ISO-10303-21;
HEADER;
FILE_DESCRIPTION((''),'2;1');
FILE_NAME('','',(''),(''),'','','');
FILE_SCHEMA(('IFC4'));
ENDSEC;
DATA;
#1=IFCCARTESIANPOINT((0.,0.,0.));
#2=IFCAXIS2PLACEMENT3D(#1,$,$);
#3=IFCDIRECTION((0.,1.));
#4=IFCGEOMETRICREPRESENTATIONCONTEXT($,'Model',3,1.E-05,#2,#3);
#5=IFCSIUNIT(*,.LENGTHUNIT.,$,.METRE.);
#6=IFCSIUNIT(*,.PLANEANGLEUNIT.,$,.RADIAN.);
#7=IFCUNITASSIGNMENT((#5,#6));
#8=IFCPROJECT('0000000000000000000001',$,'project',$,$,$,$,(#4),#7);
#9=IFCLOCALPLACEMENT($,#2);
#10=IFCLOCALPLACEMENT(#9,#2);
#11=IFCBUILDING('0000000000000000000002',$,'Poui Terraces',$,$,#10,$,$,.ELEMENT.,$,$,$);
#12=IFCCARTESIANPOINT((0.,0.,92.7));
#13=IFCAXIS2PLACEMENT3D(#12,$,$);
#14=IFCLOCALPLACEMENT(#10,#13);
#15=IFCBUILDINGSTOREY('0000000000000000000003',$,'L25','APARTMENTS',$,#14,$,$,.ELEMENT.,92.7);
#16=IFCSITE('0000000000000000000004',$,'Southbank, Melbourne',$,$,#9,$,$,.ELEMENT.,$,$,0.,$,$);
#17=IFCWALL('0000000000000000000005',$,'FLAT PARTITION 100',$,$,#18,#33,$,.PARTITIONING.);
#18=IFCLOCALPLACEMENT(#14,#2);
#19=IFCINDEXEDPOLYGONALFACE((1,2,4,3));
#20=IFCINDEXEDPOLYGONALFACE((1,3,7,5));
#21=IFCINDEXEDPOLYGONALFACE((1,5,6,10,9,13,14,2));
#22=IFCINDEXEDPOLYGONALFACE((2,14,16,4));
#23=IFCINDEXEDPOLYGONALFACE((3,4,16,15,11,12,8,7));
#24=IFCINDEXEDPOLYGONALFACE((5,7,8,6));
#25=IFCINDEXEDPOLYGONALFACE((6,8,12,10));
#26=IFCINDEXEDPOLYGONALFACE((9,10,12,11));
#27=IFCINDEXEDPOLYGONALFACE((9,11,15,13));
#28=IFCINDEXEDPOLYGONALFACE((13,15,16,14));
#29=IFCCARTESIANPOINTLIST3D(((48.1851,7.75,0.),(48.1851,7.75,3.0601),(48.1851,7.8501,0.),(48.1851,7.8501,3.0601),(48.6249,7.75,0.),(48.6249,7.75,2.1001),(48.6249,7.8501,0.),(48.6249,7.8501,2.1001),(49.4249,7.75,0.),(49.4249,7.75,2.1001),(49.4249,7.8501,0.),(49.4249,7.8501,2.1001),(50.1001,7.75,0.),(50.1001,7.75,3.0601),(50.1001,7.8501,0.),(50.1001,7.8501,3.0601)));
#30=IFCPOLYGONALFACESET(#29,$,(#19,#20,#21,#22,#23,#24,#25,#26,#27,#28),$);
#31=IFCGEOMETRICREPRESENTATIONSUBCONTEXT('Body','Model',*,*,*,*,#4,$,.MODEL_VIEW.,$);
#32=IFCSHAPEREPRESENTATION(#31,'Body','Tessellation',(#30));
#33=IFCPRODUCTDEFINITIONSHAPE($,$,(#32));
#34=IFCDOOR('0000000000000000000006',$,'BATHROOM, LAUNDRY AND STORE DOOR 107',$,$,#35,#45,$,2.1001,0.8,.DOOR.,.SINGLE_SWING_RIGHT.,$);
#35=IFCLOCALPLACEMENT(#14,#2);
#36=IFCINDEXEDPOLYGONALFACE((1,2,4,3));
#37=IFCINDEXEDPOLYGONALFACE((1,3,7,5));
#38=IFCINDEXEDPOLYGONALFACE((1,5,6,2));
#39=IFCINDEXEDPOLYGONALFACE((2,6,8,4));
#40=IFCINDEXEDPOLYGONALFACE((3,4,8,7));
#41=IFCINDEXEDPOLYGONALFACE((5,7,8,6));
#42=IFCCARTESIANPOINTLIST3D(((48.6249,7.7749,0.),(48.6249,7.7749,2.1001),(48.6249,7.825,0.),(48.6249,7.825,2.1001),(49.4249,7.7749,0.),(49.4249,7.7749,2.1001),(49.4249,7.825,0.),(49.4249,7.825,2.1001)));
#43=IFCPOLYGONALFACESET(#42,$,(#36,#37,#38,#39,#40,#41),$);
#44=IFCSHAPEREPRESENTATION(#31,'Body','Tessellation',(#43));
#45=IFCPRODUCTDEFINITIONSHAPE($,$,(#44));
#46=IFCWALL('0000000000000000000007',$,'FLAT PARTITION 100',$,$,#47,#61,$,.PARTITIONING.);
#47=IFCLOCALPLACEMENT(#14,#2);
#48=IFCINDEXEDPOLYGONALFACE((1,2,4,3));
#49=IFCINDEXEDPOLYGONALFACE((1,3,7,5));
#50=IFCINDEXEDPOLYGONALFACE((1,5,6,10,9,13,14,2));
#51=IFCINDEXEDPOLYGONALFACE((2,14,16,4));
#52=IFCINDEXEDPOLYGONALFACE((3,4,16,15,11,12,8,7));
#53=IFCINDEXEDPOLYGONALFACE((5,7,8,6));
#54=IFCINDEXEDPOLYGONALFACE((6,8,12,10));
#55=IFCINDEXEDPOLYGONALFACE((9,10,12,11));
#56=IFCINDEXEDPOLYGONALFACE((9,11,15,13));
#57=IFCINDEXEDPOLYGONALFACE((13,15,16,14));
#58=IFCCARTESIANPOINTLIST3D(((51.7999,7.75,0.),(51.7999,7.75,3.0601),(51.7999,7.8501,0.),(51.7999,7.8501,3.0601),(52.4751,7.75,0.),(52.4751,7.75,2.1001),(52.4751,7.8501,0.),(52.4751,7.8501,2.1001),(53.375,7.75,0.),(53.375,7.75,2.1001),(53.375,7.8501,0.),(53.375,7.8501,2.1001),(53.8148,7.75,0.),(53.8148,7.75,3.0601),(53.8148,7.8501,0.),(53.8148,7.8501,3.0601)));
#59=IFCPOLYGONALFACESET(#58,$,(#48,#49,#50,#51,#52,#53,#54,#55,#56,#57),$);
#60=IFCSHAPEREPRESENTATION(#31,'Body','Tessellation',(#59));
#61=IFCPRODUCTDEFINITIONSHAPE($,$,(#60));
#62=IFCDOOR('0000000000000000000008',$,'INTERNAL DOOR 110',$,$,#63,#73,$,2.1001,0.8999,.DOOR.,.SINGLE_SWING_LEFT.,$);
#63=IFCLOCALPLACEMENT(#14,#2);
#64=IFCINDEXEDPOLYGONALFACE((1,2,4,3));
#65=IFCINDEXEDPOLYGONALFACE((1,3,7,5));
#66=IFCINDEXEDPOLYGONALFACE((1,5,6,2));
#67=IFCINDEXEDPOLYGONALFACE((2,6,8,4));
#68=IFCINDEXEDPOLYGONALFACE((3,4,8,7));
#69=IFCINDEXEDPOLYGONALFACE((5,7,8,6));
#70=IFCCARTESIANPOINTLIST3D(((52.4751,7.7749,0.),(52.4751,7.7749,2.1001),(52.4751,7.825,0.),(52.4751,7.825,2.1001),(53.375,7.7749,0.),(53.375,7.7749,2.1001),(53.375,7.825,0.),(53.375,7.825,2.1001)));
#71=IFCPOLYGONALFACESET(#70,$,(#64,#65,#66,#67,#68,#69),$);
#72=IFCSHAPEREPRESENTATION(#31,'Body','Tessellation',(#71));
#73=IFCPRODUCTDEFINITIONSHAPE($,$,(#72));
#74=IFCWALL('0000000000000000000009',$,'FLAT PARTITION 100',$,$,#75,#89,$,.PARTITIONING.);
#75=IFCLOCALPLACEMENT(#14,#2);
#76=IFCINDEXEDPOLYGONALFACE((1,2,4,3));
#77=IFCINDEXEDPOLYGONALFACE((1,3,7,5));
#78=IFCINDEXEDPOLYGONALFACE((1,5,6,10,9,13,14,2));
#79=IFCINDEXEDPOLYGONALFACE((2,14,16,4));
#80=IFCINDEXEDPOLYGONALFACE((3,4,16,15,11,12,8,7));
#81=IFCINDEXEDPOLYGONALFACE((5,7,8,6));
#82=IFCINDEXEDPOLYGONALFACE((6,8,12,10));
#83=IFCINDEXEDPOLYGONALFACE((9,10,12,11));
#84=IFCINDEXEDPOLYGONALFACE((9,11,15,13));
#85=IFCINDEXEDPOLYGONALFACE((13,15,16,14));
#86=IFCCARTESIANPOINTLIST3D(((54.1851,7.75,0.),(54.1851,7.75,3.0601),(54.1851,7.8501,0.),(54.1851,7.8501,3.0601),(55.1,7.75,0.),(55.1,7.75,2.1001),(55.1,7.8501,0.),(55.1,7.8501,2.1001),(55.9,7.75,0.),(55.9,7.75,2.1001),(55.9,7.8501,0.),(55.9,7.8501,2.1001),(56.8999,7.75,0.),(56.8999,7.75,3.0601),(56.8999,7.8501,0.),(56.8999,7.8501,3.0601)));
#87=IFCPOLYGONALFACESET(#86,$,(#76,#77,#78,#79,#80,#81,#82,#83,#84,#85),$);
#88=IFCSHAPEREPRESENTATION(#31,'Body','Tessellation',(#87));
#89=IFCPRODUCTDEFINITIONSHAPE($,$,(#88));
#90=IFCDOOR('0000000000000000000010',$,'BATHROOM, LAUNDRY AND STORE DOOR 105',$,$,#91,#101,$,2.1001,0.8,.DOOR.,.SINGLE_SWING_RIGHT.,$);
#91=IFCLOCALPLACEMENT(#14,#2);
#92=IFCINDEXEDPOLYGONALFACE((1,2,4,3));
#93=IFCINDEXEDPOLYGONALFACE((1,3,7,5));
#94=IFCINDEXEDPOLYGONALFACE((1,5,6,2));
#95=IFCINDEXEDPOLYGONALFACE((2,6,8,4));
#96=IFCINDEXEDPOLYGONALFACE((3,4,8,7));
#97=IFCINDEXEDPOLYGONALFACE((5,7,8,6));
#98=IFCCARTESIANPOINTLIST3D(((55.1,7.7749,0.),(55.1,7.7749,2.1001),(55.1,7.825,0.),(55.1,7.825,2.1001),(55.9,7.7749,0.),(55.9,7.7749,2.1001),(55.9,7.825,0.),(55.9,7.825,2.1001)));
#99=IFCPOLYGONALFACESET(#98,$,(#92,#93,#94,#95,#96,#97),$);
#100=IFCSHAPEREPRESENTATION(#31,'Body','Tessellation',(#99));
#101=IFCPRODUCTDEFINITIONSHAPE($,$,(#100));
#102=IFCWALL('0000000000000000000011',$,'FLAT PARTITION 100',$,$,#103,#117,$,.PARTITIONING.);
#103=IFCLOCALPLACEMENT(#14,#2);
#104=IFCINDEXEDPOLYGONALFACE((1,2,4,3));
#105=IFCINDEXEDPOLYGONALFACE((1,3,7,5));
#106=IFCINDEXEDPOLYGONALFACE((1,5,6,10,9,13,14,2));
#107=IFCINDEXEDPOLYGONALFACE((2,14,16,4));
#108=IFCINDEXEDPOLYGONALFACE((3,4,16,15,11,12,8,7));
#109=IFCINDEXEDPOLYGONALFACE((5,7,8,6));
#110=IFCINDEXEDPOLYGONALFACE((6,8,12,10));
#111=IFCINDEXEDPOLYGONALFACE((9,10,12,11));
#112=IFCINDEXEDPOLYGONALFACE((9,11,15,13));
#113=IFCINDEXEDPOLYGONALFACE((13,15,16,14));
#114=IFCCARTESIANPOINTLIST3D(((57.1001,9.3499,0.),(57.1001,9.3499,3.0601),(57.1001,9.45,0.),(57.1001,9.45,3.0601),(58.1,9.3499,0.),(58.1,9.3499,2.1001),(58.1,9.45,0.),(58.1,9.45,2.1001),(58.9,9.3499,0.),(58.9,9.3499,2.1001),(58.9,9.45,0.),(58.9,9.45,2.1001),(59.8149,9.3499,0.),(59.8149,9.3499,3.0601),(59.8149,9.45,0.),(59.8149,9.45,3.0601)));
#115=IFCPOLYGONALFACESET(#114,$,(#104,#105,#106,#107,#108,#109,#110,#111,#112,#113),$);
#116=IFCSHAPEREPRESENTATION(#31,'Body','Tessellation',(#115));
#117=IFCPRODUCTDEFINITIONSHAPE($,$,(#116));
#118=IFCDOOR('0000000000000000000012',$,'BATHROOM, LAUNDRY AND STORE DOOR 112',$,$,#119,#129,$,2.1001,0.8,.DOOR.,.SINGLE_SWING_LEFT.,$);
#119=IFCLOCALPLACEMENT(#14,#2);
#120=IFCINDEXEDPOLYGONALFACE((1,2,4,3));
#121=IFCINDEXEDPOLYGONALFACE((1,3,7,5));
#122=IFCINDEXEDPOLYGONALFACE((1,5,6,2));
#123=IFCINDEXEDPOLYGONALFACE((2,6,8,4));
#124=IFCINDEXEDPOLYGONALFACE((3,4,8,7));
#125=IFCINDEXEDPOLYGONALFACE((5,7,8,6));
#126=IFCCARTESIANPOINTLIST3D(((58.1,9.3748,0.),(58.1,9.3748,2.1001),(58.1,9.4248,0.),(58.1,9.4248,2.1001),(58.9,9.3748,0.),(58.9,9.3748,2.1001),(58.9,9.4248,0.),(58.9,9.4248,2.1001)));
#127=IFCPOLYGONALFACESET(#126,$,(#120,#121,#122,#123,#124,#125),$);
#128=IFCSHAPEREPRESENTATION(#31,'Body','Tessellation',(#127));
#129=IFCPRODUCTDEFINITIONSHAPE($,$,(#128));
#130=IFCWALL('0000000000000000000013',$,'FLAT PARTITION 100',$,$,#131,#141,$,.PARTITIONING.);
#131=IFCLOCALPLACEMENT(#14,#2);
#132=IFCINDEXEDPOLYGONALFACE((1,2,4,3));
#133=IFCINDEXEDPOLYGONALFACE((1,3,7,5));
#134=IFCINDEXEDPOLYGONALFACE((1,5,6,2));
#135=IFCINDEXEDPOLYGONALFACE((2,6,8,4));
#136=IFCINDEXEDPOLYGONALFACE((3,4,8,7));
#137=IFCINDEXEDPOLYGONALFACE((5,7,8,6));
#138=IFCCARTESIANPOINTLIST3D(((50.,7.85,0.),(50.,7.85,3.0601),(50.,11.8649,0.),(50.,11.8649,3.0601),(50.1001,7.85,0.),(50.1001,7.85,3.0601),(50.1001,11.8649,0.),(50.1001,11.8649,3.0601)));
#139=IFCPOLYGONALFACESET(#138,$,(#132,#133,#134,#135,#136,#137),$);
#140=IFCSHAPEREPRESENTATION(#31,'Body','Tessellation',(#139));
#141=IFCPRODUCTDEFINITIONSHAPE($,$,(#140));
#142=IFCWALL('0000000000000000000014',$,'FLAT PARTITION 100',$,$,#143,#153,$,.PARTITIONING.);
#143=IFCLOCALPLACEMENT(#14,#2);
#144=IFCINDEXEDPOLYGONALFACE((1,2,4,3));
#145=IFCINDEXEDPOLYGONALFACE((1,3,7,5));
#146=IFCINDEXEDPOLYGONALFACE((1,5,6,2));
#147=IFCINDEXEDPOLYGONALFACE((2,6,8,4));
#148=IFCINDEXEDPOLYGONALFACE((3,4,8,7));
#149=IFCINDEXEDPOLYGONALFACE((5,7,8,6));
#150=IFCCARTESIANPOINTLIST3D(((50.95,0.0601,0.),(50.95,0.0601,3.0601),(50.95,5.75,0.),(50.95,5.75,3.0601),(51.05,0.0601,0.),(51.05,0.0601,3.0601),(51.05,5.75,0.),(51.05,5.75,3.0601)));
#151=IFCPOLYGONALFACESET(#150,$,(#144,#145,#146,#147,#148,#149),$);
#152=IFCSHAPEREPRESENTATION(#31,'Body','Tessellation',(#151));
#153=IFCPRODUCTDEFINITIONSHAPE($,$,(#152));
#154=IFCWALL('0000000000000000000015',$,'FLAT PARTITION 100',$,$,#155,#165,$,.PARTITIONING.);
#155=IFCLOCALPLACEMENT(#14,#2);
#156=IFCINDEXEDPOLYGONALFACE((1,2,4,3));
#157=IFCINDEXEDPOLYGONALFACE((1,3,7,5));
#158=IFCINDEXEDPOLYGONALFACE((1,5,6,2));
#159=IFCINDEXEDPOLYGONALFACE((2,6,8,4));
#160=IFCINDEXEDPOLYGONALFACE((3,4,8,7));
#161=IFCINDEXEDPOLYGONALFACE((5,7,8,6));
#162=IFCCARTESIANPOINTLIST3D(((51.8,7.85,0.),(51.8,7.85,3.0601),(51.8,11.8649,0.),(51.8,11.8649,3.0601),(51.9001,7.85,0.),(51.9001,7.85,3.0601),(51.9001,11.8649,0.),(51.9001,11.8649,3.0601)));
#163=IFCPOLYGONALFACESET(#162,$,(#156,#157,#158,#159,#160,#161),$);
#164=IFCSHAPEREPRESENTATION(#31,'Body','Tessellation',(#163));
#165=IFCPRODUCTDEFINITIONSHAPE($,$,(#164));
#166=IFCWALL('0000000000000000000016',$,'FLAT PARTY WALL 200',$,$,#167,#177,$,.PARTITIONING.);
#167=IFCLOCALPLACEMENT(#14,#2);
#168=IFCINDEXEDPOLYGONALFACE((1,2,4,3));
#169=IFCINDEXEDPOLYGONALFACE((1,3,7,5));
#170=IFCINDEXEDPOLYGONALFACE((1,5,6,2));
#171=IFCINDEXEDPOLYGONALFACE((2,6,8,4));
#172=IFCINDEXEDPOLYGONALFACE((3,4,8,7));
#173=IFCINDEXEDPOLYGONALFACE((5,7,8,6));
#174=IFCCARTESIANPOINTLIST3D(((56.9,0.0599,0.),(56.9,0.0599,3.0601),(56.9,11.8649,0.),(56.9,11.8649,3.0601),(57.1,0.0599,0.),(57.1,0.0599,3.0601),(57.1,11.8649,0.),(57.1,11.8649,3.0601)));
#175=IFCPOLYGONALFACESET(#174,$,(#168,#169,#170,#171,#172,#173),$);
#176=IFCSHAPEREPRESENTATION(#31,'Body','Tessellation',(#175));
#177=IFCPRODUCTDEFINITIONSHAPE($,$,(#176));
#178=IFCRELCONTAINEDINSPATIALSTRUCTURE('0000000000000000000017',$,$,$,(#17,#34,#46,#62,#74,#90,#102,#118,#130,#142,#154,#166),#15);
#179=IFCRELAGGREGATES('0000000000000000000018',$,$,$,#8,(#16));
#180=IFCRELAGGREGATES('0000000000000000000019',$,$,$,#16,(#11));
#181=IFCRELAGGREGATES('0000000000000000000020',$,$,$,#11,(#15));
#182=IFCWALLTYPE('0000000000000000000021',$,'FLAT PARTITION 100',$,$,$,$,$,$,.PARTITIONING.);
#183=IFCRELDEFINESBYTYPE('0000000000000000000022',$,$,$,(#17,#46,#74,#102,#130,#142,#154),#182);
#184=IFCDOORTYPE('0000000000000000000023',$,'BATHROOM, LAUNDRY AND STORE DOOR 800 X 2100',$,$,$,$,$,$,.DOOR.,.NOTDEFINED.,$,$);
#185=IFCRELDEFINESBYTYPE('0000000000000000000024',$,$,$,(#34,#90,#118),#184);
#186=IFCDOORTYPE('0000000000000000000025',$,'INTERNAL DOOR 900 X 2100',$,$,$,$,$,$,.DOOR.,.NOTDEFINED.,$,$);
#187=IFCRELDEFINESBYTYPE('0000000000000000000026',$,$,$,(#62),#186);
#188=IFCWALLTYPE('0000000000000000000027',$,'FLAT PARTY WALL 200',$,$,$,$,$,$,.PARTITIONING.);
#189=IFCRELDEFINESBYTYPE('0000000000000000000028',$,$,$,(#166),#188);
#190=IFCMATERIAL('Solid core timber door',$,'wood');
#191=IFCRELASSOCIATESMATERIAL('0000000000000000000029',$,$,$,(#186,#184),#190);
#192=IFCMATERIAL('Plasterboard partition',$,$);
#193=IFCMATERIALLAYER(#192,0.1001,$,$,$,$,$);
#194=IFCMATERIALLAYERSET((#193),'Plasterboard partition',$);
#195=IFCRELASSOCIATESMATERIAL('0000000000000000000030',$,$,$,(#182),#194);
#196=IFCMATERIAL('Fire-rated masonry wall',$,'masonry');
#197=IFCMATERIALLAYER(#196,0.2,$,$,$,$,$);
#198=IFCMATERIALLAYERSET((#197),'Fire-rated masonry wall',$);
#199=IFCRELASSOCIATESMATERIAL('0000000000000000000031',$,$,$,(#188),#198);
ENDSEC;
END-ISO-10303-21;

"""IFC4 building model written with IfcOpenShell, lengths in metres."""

from ifc_helpers import new_model, si_unit, direction, frame, frame_2d, origin, place, context, subcontext, project, spatial, rectangle, extrude, material, layer, layer_set, type_object, element, fill, save


model = new_model("IFC4")

# Units and contexts
model_context = context("Model", 3, precision=1e-05, world=origin(), true_north=direction((0.0, 1.0)))
body_context = subcontext(model_context, "Body", "Model", "MODEL_VIEW")
ifc_project = project(units=[si_unit("LENGTHUNIT", "METRE"), si_unit("PLANEANGLEUNIT", "RADIAN")], contexts=[model_context])

# Site, building, storey
site_placement = place(None, origin())
site = spatial("IfcSite", under=ifc_project, at=site_placement, Name="Southbank, Melbourne", CompositionType="ELEMENT", RefElevation=0.0)
building_placement = place(site_placement, origin())
building = spatial("IfcBuilding", under=site, at=building_placement, Name="Poui Terraces", CompositionType="ELEMENT")
storey_placement = place(building_placement, frame((0.0, 0.0, 92.7)))
storey = spatial("IfcBuildingStorey", under=building, at=storey_placement, Name="L25", Description="APARTMENTS", CompositionType="ELEMENT", Elevation=92.7)

# Walls, openings, doors
ifc_material_1 = material(Name="Solid core timber door", Category="wood")
door_type_1 = type_object("IfcDoorType", Name="INTERNAL DOOR 900 X 2100", OperationType="NOTDEFINED", PredefinedType="DOOR", material=ifc_material_1)
ifc_material_2 = material(Name="Plasterboard partition")
ifc_layer_1 = layer(ifc_material_2, 0.1001)
ifc_layer_set_1 = layer_set([ifc_layer_1], Name="Plasterboard partition")
wall_type_1 = type_object("IfcWallType", Name="FLAT PARTITION 100", PredefinedType="PARTITIONING", material=ifc_layer_set_1)
wall_1_placement = place(storey_placement, frame((48.1851, 7.8, 0.0), z_axis=(0.0, 0.0, 1.0), x_axis=(1.0, 0.0, 0.0)))
wall_1 = element("IfcWall", 1, at=wall_1_placement, inside=storey, type_object=wall_type_1, Name="FLAT PARTITION 100", PredefinedType="PARTITIONING", context=body_context, shape_type="SweptSolid", body=[
    extrude(rectangle(XDim=1.915, YDim=0.1001, at=frame_2d((0.9575, 0.0))), origin(), (0.0, 0.0, 1.0), 3.0601),
])
opening_1_placement = place(wall_1_placement, frame((0.4399, 0.0, 0.0)))
opening_1 = element("IfcOpeningElement", 2, at=opening_1_placement, cuts=wall_1, PredefinedType="OPENING", context=body_context, shape_type="SweptSolid", body=[
    extrude(rectangle(XDim=0.8, YDim=2.1001, at=frame_2d((0.3999, 1.05))), frame((0.0, 0.0601, 0.0), z_axis=(0.0, -1.0, 0.0), x_axis=(1.0, 0.0, 0.0)), (0.0, 0.0, 1.0), 0.1201),
])
door_type_2 = type_object("IfcDoorType", Name="BATHROOM, LAUNDRY AND STORE DOOR 800 X 2100", OperationType="NOTDEFINED", PredefinedType="DOOR", material=ifc_material_1)
door_1_placement = place(opening_1_placement, origin())
door_1 = element("IfcDoor", 3, at=door_1_placement, inside=storey, type_object=door_type_2, Name="BATHROOM, LAUNDRY AND STORE DOOR 107", OperationType="SINGLE_SWING_RIGHT", OverallHeight=2.1001, OverallWidth=0.8, PredefinedType="DOOR", context=body_context, shape_type="SweptSolid", body=[
    extrude(rectangle(XDim=0.8, YDim=2.1001, at=frame_2d((0.3999, 1.05))), frame((0.0, 0.0249, 0.0), z_axis=(0.0, -1.0, 0.0), x_axis=(1.0, 0.0, 0.0)), (0.0, 0.0, 1.0), 0.05),
])
fill(opening_1, door_1)
wall_2_placement = place(storey_placement, frame((51.8, 7.8, 0.0), z_axis=(0.0, 0.0, 1.0), x_axis=(1.0, 0.0, 0.0)))
wall_2 = element("IfcWall", 4, at=wall_2_placement, inside=storey, type_object=wall_type_1, Name="FLAT PARTITION 100", PredefinedType="PARTITIONING", context=body_context, shape_type="SweptSolid", body=[
    extrude(rectangle(XDim=2.0149, YDim=0.1001, at=frame_2d((1.0073, 0.0))), origin(), (0.0, 0.0, 1.0), 3.0601),
])
opening_2_placement = place(wall_2_placement, frame((0.675, 0.0, 0.0)))
opening_2 = element("IfcOpeningElement", 5, at=opening_2_placement, cuts=wall_2, PredefinedType="OPENING", context=body_context, shape_type="SweptSolid", body=[
    extrude(rectangle(XDim=0.8999, YDim=2.1001, at=frame_2d((0.45, 1.05))), frame((0.0, 0.0601, 0.0), z_axis=(0.0, -1.0, 0.0), x_axis=(1.0, 0.0, 0.0)), (0.0, 0.0, 1.0), 0.1201),
])
door_2_placement = place(opening_2_placement, origin())
door_2 = element("IfcDoor", 6, at=door_2_placement, inside=storey, type_object=door_type_1, Name="INTERNAL DOOR 110", OperationType="SINGLE_SWING_LEFT", OverallHeight=2.1001, OverallWidth=0.8999, PredefinedType="DOOR", context=body_context, shape_type="SweptSolid", body=[
    extrude(rectangle(XDim=0.8999, YDim=2.1001, at=frame_2d((0.45, 1.05))), frame((0.0, 0.0249, 0.0), z_axis=(0.0, -1.0, 0.0), x_axis=(1.0, 0.0, 0.0)), (0.0, 0.0, 1.0), 0.05),
])
fill(opening_2, door_2)
wall_3_placement = place(storey_placement, frame((54.1851, 7.8, 0.0), z_axis=(0.0, 0.0, 1.0), x_axis=(1.0, 0.0, 0.0)))
wall_3 = element("IfcWall", 7, at=wall_3_placement, inside=storey, type_object=wall_type_1, Name="FLAT PARTITION 100", PredefinedType="PARTITIONING", context=body_context, shape_type="SweptSolid", body=[
    extrude(rectangle(XDim=2.7148, YDim=0.1001, at=frame_2d((1.3574, 0.0))), origin(), (0.0, 0.0, 1.0), 3.0601),
])
opening_3_placement = place(wall_3_placement, frame((0.915, 0.0, 0.0)))
opening_3 = element("IfcOpeningElement", 8, at=opening_3_placement, cuts=wall_3, PredefinedType="OPENING", context=body_context, shape_type="SweptSolid", body=[
    extrude(rectangle(XDim=0.8, YDim=2.1001, at=frame_2d((0.3999, 1.05))), frame((0.0, 0.0601, 0.0), z_axis=(0.0, -1.0, 0.0), x_axis=(1.0, 0.0, 0.0)), (0.0, 0.0, 1.0), 0.1201),
])
door_3_placement = place(opening_3_placement, origin())
door_3 = element("IfcDoor", 9, at=door_3_placement, inside=storey, type_object=door_type_2, Name="BATHROOM, LAUNDRY AND STORE DOOR 105", OperationType="SINGLE_SWING_RIGHT", OverallHeight=2.1001, OverallWidth=0.8, PredefinedType="DOOR", context=body_context, shape_type="SweptSolid", body=[
    extrude(rectangle(XDim=0.8, YDim=2.1001, at=frame_2d((0.3999, 1.05))), frame((0.0, 0.0249, 0.0), z_axis=(0.0, -1.0, 0.0), x_axis=(1.0, 0.0, 0.0)), (0.0, 0.0, 1.0), 0.05),
])
fill(opening_3, door_3)
wall_4_placement = place(storey_placement, frame((57.1001, 9.3999, 0.0), z_axis=(0.0, 0.0, 1.0), x_axis=(1.0, 0.0, 0.0)))
wall_4 = element("IfcWall", 10, at=wall_4_placement, inside=storey, type_object=wall_type_1, Name="FLAT PARTITION 100", PredefinedType="PARTITIONING", context=body_context, shape_type="SweptSolid", body=[
    extrude(rectangle(XDim=2.7148, YDim=0.1001, at=frame_2d((1.3574, 0.0))), origin(), (0.0, 0.0, 1.0), 3.0601),
])
opening_4_placement = place(wall_4_placement, frame((1.0, 0.0, 0.0)))
opening_4 = element("IfcOpeningElement", 11, at=opening_4_placement, cuts=wall_4, PredefinedType="OPENING", context=body_context, shape_type="SweptSolid", body=[
    extrude(rectangle(XDim=0.8, YDim=2.1001, at=frame_2d((0.3999, 1.05))), frame((0.0, 0.0601, 0.0), z_axis=(0.0, -1.0, 0.0), x_axis=(1.0, 0.0, 0.0)), (0.0, 0.0, 1.0), 0.1201),
])
door_4_placement = place(opening_4_placement, origin())
door_4 = element("IfcDoor", 12, at=door_4_placement, inside=storey, type_object=door_type_2, Name="BATHROOM, LAUNDRY AND STORE DOOR 112", OperationType="SINGLE_SWING_LEFT", OverallHeight=2.1001, OverallWidth=0.8, PredefinedType="DOOR", context=body_context, shape_type="SweptSolid", body=[
    extrude(rectangle(XDim=0.8, YDim=2.1001, at=frame_2d((0.3999, 1.05))), frame((0.0, 0.0249, 0.0), z_axis=(0.0, -1.0, 0.0), x_axis=(1.0, 0.0, 0.0)), (0.0, 0.0, 1.0), 0.05),
])
fill(opening_4, door_4)

# Walls
wall_5_placement = place(storey_placement, frame((50.05, 7.8501, 0.0), z_axis=(0.0, 0.0, 1.0), x_axis=(0.0, 1.0, 0.0)))
element("IfcWall", 13, at=wall_5_placement, inside=storey, type_object=wall_type_1, Name="FLAT PARTITION 100", PredefinedType="PARTITIONING", context=body_context, shape_type="SweptSolid", body=[
    extrude(rectangle(XDim=4.0149, YDim=0.1001, at=frame_2d((2.0073, 0.0))), origin(), (0.0, 0.0, 1.0), 3.0601),
])
wall_6_placement = place(storey_placement, frame((51.0, 0.0601, 0.0), z_axis=(0.0, 0.0, 1.0), x_axis=(0.0, 1.0, 0.0)))
element("IfcWall", 14, at=wall_6_placement, inside=storey, type_object=wall_type_1, Name="FLAT PARTITION 100", PredefinedType="PARTITIONING", context=body_context, shape_type="SweptSolid", body=[
    extrude(rectangle(XDim=5.6899, YDim=0.1001, at=frame_2d((2.845, 0.0))), origin(), (0.0, 0.0, 1.0), 3.0601),
])
wall_7_placement = place(storey_placement, frame((51.8501, 7.8501, 0.0), z_axis=(0.0, 0.0, 1.0), x_axis=(0.0, 1.0, 0.0)))
element("IfcWall", 15, at=wall_7_placement, inside=storey, type_object=wall_type_1, Name="FLAT PARTITION 100", PredefinedType="PARTITIONING", context=body_context, shape_type="SweptSolid", body=[
    extrude(rectangle(XDim=4.0149, YDim=0.1001, at=frame_2d((2.0073, 0.0))), origin(), (0.0, 0.0, 1.0), 3.0601),
])
ifc_material_3 = material(Name="Fire-rated masonry wall", Category="masonry")
ifc_layer_2 = layer(ifc_material_3, 0.2)
ifc_layer_set_2 = layer_set([ifc_layer_2], Name="Fire-rated masonry wall")
wall_type_2 = type_object("IfcWallType", Name="FLAT PARTY WALL 200", PredefinedType="PARTITIONING", material=ifc_layer_set_2)
wall_8_placement = place(storey_placement, frame((57.0, 0.0601, 0.0), z_axis=(0.0, 0.0, 1.0), x_axis=(0.0, 1.0, 0.0)))
element("IfcWall", 16, at=wall_8_placement, inside=storey, type_object=wall_type_2, Name="FLAT PARTY WALL 200", PredefinedType="PARTITIONING", context=body_context, shape_type="SweptSolid", body=[
    extrude(rectangle(XDim=11.8049, YDim=0.2, at=frame_2d((5.9023, 0.0))), origin(), (0.0, 0.0, 1.0), 3.0601),
])

save(model, "model.ifc")
